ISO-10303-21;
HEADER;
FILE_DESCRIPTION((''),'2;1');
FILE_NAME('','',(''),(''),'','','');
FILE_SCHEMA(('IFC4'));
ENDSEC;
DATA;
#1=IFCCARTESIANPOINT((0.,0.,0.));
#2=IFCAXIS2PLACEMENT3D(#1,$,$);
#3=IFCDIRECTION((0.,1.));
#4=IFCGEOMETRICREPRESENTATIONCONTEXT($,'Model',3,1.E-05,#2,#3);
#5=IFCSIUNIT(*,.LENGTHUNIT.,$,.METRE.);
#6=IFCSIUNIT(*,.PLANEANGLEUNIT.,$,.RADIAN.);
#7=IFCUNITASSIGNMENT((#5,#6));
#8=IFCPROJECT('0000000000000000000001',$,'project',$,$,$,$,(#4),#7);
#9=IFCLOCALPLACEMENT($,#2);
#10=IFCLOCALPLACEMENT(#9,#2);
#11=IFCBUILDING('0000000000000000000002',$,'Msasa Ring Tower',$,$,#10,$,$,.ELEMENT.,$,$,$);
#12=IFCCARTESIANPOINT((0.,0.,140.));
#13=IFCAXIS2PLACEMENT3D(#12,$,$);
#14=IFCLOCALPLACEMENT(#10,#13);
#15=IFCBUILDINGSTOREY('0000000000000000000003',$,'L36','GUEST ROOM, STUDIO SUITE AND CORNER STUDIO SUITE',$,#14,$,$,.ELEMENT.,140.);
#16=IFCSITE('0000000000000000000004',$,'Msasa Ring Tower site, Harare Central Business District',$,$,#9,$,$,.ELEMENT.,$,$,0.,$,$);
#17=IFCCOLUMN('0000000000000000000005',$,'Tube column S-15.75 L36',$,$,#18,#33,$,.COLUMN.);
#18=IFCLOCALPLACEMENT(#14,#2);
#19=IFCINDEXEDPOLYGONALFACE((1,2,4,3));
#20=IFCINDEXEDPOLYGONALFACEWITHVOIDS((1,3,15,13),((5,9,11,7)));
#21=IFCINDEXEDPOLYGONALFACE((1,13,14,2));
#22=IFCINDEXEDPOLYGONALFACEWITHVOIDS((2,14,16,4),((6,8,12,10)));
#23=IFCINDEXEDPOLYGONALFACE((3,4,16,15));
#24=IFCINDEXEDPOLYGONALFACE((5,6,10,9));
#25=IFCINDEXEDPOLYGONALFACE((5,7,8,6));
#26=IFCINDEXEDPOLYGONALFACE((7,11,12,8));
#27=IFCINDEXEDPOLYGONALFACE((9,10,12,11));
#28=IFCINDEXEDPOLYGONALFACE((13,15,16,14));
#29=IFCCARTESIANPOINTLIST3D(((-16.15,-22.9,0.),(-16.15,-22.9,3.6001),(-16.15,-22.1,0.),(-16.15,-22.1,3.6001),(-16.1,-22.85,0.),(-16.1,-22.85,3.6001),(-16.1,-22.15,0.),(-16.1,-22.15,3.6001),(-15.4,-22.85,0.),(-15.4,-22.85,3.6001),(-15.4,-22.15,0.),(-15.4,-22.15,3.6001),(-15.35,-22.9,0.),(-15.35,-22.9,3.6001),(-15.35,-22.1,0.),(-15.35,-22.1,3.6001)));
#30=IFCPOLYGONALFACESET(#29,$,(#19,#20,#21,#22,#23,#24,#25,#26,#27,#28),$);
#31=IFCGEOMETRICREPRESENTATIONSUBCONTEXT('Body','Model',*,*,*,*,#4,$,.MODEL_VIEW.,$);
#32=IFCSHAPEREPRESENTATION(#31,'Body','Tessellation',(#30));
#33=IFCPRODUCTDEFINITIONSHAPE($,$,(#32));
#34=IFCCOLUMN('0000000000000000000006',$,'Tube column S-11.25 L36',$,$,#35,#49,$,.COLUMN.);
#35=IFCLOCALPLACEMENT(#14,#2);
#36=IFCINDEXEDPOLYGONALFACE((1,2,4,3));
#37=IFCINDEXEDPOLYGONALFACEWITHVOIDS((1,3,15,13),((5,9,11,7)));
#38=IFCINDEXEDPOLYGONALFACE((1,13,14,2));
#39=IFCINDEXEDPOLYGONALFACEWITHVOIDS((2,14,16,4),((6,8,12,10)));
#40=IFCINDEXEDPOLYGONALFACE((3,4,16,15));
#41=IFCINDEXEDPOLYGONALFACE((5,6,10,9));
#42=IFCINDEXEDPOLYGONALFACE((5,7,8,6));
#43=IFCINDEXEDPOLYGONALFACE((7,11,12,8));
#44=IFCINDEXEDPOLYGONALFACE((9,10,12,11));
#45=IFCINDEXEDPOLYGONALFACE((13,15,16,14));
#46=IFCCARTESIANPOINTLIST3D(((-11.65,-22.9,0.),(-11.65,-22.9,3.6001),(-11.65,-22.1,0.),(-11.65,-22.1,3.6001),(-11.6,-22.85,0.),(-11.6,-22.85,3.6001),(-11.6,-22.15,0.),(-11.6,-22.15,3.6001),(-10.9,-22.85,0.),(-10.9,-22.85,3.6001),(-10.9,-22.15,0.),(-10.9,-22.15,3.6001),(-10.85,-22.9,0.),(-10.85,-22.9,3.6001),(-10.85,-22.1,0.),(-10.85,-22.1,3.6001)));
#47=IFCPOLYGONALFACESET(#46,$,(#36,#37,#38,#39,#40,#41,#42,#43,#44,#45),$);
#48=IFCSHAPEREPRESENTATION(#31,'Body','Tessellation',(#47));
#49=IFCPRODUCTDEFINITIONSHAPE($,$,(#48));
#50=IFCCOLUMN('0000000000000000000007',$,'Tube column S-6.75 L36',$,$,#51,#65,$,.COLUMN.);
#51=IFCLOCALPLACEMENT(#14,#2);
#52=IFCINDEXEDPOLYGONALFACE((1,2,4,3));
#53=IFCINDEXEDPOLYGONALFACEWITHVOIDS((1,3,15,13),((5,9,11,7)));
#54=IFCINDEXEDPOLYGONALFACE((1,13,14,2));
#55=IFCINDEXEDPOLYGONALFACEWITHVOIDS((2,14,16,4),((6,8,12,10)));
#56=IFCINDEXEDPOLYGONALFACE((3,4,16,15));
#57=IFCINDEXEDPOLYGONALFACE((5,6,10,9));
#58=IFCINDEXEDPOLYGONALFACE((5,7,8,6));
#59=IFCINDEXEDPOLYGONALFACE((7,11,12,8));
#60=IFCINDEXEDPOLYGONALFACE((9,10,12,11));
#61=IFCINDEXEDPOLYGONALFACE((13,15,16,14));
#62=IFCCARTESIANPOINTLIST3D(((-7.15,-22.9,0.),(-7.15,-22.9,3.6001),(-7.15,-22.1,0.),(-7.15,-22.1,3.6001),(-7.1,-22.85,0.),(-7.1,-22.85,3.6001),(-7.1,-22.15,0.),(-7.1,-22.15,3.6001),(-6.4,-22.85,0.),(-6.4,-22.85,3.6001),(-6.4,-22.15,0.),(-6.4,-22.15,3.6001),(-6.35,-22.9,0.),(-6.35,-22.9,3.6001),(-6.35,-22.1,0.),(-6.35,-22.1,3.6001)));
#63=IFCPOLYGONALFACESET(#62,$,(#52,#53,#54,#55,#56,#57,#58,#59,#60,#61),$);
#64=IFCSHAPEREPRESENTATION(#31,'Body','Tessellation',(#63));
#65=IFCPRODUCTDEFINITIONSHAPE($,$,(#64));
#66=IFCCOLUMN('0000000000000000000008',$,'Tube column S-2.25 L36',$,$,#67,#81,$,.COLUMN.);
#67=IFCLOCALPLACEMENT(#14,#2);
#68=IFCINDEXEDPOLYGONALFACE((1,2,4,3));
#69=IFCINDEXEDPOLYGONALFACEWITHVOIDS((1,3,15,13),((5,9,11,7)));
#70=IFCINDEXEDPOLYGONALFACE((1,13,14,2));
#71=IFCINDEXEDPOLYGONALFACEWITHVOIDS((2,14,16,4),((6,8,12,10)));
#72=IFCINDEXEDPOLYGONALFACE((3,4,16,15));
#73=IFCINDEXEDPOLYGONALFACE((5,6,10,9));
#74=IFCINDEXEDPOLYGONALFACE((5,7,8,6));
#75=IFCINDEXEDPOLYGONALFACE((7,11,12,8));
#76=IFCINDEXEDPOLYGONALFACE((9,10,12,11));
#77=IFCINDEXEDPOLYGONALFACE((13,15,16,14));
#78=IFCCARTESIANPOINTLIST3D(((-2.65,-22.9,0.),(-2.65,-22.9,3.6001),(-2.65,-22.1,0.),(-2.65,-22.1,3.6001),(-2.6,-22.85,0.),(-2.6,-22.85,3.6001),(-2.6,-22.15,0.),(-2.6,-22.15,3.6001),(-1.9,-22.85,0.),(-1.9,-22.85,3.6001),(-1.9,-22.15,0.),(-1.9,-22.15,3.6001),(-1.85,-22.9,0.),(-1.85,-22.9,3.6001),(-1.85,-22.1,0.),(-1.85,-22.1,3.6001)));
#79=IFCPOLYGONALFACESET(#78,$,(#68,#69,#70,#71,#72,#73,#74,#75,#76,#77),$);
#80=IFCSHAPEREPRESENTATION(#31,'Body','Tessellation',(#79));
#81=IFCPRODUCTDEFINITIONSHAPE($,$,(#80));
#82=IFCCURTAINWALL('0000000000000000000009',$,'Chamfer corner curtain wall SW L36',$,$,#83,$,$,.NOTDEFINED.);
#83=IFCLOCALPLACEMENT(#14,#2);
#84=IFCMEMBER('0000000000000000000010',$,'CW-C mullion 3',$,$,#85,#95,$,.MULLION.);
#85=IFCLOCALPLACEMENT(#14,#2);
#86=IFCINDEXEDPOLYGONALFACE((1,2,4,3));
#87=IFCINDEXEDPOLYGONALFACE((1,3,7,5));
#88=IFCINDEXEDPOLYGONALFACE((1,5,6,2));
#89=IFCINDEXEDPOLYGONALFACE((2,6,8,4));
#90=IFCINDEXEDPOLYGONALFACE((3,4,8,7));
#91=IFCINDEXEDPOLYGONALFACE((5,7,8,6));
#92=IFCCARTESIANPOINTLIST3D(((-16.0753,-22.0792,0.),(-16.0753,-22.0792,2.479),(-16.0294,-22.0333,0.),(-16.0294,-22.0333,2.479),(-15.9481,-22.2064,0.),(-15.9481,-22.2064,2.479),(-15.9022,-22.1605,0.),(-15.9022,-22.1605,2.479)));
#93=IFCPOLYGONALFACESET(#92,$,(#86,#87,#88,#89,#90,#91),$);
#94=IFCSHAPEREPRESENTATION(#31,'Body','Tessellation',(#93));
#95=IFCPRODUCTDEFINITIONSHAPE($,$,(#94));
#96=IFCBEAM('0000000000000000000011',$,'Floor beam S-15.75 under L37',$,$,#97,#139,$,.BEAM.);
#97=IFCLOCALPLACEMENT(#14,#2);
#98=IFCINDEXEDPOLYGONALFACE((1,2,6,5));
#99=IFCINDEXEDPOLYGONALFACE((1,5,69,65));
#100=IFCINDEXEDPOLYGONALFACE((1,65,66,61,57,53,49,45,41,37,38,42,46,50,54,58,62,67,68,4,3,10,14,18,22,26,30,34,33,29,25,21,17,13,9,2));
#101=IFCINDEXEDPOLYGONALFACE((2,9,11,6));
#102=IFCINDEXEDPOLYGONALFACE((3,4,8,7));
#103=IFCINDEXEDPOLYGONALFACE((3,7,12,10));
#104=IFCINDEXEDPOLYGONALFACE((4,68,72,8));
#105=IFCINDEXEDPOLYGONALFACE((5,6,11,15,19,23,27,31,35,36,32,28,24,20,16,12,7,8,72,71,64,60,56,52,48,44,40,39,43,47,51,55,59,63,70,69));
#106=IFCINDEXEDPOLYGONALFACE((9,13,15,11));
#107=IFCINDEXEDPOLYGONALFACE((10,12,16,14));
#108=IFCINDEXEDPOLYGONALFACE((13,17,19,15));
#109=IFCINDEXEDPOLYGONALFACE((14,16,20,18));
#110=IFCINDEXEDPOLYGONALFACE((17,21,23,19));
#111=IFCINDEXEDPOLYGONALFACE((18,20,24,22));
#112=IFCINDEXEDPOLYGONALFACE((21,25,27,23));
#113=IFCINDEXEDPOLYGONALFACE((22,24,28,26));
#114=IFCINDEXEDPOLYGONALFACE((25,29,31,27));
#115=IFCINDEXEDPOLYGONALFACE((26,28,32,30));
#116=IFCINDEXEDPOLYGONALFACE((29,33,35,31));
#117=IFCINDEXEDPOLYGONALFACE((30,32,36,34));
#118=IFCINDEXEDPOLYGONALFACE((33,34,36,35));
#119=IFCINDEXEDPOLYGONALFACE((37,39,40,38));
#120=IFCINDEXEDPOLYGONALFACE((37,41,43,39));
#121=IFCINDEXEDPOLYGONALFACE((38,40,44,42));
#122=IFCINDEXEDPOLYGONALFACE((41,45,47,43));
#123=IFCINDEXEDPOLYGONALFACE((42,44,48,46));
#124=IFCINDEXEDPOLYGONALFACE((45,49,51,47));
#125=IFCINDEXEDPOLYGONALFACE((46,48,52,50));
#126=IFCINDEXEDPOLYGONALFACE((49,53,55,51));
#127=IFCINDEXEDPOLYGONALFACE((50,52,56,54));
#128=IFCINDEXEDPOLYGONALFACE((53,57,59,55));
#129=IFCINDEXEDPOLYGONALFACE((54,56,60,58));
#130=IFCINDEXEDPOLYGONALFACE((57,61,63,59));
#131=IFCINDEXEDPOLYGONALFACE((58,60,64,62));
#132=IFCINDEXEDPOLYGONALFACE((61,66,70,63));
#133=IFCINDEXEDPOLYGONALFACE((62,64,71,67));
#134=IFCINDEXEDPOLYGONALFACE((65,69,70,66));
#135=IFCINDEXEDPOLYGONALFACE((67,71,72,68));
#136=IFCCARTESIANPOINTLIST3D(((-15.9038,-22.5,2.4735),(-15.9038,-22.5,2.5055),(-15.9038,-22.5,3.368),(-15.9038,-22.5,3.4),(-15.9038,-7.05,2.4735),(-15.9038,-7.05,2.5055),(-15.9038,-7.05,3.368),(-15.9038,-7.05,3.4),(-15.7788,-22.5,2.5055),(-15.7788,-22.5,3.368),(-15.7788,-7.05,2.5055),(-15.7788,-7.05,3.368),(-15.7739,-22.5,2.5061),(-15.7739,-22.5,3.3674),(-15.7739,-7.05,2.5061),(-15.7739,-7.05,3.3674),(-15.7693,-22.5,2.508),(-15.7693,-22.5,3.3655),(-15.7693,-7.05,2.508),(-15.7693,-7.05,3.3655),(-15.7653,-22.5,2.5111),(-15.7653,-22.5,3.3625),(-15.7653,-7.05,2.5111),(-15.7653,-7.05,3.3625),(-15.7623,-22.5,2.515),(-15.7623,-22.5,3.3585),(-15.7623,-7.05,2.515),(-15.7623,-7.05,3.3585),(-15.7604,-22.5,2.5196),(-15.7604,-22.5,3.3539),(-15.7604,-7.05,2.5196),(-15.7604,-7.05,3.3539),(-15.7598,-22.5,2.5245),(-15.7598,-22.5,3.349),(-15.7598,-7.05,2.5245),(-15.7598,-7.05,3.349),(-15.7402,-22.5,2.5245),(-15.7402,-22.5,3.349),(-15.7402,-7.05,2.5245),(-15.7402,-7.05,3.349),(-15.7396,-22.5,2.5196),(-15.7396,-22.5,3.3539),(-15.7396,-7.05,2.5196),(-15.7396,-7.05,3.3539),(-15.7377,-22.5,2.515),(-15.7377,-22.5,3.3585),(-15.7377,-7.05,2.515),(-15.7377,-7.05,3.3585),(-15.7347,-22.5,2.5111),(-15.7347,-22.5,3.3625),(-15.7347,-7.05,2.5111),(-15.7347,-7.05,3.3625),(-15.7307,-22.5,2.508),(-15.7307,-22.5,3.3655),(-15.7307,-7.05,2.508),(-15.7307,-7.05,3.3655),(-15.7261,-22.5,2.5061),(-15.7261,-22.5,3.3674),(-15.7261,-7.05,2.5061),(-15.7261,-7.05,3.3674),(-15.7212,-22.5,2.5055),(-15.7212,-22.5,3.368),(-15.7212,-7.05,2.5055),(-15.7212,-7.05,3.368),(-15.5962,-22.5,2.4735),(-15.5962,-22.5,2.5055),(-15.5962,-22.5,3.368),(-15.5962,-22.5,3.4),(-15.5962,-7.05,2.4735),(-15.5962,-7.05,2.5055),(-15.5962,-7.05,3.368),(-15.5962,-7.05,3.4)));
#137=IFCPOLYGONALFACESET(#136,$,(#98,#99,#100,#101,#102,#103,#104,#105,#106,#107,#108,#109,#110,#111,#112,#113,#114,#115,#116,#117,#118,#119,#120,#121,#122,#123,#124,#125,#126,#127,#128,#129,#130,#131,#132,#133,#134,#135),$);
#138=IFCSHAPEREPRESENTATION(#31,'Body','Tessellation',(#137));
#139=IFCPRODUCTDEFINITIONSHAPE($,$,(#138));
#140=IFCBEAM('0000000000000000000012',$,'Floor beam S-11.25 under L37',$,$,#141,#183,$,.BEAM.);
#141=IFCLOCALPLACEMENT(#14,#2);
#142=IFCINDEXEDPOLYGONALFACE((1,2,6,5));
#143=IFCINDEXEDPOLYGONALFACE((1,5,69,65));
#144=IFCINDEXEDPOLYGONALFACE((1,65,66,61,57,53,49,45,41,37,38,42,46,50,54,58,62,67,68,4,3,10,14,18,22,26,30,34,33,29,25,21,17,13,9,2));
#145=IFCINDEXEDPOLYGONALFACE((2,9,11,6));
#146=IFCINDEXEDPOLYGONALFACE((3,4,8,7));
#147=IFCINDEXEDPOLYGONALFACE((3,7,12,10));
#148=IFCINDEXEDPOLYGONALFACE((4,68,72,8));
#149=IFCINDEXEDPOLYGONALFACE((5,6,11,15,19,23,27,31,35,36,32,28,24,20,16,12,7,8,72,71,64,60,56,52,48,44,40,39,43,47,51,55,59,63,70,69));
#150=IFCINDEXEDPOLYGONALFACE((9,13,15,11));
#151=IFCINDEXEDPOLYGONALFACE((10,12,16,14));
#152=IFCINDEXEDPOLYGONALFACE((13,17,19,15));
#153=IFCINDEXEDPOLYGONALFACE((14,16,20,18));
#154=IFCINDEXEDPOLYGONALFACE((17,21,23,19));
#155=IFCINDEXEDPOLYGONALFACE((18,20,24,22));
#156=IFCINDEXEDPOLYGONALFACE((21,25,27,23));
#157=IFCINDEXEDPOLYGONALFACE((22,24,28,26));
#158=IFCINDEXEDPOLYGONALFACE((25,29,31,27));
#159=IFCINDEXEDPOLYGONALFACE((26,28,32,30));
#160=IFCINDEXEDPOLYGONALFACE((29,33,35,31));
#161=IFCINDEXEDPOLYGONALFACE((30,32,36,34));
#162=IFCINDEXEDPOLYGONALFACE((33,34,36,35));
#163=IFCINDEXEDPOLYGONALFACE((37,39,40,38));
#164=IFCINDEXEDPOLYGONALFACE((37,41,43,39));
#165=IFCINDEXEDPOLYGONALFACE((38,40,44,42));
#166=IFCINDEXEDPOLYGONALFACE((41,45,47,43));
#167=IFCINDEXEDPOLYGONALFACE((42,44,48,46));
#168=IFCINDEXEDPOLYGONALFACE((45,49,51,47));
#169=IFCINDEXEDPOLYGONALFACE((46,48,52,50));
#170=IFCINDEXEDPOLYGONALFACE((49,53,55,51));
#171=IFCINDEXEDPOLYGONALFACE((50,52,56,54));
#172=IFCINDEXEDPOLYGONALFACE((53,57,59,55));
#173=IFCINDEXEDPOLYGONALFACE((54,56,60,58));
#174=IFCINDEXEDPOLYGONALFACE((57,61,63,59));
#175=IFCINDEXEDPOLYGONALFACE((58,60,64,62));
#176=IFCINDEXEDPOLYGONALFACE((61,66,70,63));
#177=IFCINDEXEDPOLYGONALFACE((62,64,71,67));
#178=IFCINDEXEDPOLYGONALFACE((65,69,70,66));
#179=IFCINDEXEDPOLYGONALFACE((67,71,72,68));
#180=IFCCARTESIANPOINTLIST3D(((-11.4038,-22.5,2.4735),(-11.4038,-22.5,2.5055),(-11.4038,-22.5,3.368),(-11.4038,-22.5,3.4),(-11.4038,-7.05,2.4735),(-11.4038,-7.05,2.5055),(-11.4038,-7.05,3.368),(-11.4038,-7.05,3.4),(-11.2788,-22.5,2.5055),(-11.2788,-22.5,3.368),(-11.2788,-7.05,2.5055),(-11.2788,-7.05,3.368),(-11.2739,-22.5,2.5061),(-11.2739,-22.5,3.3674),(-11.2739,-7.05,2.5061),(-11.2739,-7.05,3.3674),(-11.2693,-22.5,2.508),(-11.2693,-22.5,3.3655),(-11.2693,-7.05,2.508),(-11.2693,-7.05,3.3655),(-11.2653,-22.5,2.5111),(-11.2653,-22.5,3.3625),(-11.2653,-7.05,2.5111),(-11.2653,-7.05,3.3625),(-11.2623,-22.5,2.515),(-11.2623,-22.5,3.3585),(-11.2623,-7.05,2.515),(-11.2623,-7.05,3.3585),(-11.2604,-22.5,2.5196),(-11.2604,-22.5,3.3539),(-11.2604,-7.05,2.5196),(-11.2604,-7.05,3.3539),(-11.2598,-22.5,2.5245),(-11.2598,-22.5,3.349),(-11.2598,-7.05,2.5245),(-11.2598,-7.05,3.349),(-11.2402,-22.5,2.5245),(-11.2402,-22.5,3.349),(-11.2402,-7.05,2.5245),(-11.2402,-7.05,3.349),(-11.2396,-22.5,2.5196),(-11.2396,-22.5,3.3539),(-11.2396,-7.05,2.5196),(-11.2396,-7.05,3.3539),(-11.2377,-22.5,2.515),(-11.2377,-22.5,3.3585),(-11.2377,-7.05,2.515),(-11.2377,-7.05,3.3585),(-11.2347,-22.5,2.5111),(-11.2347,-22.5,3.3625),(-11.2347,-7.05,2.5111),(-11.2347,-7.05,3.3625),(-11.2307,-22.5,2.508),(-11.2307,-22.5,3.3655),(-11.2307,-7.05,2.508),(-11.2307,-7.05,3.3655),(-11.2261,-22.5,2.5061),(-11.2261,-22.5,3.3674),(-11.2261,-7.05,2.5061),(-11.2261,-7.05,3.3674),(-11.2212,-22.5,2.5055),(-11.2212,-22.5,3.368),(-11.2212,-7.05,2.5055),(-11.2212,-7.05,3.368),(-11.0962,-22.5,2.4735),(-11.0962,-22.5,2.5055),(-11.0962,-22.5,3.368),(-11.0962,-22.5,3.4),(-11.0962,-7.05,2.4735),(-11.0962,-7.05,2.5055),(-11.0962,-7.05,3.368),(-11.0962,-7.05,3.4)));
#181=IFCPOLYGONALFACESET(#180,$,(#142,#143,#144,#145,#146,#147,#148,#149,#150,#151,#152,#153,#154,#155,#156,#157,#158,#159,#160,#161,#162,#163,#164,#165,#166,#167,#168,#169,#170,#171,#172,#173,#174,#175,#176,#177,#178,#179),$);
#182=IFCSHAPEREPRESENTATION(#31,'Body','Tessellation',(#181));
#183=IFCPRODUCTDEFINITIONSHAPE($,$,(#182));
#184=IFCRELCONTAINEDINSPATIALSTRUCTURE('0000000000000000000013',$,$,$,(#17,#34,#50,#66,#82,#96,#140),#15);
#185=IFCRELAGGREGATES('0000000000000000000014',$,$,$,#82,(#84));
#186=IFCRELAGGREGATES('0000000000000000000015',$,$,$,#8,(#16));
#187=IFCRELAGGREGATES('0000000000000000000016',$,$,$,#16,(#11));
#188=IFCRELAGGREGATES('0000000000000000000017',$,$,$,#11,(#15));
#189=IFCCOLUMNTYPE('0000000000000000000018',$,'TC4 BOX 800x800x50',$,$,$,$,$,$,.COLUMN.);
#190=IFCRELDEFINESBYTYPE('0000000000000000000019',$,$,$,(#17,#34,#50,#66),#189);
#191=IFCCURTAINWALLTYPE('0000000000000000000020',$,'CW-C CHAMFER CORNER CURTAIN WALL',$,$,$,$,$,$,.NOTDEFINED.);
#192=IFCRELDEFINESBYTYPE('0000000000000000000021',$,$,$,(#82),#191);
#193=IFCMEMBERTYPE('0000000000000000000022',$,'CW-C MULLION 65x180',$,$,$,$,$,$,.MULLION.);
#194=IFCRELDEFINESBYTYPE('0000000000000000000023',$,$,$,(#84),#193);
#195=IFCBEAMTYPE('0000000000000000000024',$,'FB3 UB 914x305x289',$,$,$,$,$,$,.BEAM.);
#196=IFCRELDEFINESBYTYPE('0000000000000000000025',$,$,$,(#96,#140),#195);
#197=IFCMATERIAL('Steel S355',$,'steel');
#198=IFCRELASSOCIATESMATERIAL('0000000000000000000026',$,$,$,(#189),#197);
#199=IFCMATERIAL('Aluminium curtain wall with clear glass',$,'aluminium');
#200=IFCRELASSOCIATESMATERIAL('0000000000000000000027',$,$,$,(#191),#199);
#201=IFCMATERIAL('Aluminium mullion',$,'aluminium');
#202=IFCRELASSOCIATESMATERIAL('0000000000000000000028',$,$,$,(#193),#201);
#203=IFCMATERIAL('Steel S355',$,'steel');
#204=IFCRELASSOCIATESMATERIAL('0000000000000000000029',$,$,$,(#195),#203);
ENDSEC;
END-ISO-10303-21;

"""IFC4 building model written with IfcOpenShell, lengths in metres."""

from ifc_helpers import new_model, si_unit, direction, frame, origin, origin_2d, place, context, subcontext, project, spatial, rectangle, hollow_rectangle, i_section, extrude, material, material_profile, profile_set, type_object, element, aggregate, save


model = new_model("IFC4")

# Units and contexts
model_context = context("Model", 3, precision=1e-05, world=origin(), true_north=direction((0.0, 1.0)))
body_context = subcontext(model_context, "Body", "Model", "MODEL_VIEW")
ifc_project = project(units=[si_unit("LENGTHUNIT", "METRE"), si_unit("PLANEANGLEUNIT", "RADIAN")], contexts=[model_context])

# Site, building, storey
site_placement = place(None, origin())
site = spatial("IfcSite", under=ifc_project, at=site_placement, Name="Msasa Ring Tower site, Harare Central Business District", CompositionType="ELEMENT", RefElevation=0.0)
building_placement = place(site_placement, origin())
building = spatial("IfcBuilding", under=site, at=building_placement, Name="Msasa Ring Tower", CompositionType="ELEMENT")
storey_placement = place(building_placement, frame((0.0, 0.0, 140.0)))
storey = spatial("IfcBuildingStorey", under=building, at=storey_placement, Name="L36", Description="GUEST ROOM, STUDIO SUITE AND CORNER STUDIO SUITE", CompositionType="ELEMENT", Elevation=140.0)

# Columns
ifc_material_1 = material(Name="Steel S355", Category="steel")
ifc_material_profile_1 = material_profile(ifc_material_1, hollow_rectangle(XDim=0.8, YDim=0.8, WallThickness=0.05, at=origin_2d()), Name="BOX 800x800x50")
ifc_profile_set_1 = profile_set([ifc_material_profile_1], Name="Steel S355")
column_type = type_object("IfcColumnType", Name="TC4 BOX 800x800x50", PredefinedType="COLUMN", material=ifc_profile_set_1)
for number, where, z_axis, x_axis, name in (
    (1, (-15.75, -22.5, 0.0), (0.0, 0.0, 1.0), (0.0, 1.0, 0.0), "Tube column S-15.75 L36"),
    (2, (-11.25, -22.5, 0.0), (0.0, 0.0, 1.0), (0.0, 1.0, 0.0), "Tube column S-11.25 L36"),
    (3, (-6.75, -22.5, 0.0), (0.0, 0.0, 1.0), (0.0, 1.0, 0.0), "Tube column S-6.75 L36"),
    (4, (-2.25, -22.5, 0.0), (0.0, 0.0, 1.0), (0.0, 1.0, 0.0), "Tube column S-2.25 L36"),
):
    element("IfcColumn", number, at=place(storey_placement, frame(where, z_axis=z_axis, x_axis=x_axis)), inside=storey, type_object=column_type, Name=name, PredefinedType="COLUMN", context=body_context, shape_type="SweptSolid", body=[
        extrude(hollow_rectangle(XDim=0.8, YDim=0.8, WallThickness=0.05, at=origin_2d()), origin(), (0.0, 0.0, 1.0), 3.6001),
    ])

# Curtain wall, member
ifc_material_2 = material(Name="Aluminium curtain wall with clear glass", Category="aluminium")
curtain_wall_type = type_object("IfcCurtainWallType", Name="CW-C CHAMFER CORNER CURTAIN WALL", PredefinedType="NOTDEFINED", material=ifc_material_2)
curtain_wall_placement = place(storey_placement, origin())
curtain_wall = element("IfcCurtainWall", 5, at=curtain_wall_placement, inside=storey, type_object=curtain_wall_type, Name="Chamfer corner curtain wall SW L36", PredefinedType="NOTDEFINED")
ifc_material_3 = material(Name="Aluminium mullion", Category="aluminium")
ifc_material_profile_2 = material_profile(ifc_material_3, rectangle(XDim=0.0649, YDim=0.1799, at=origin_2d()), Name="AL 65x180")
ifc_profile_set_2 = profile_set([ifc_material_profile_2], Name="Aluminium mullion")
member_type = type_object("IfcMemberType", Name="CW-C MULLION 65x180", PredefinedType="MULLION", material=ifc_profile_set_2)
member_placement = place(storey_placement, frame((-15.9888, -22.1199, 0.0), z_axis=(0.0, 0.0, 1.0), x_axis=(0.707107, 0.707107, 0.0)))
member = element("IfcMember", 6, at=member_placement, type_object=member_type, Name="CW-C mullion 3", PredefinedType="MULLION", context=body_context, shape_type="SweptSolid", body=[
    extrude(rectangle(XDim=0.0649, YDim=0.1799, at=origin_2d()), origin(), (0.0, 0.0, 1.0), 2.479),
])
aggregate(curtain_wall, [member])

# Beams
ifc_material_4 = material(Name="Steel S355", Category="steel")
ifc_material_profile_3 = material_profile(ifc_material_4, i_section(OverallWidth=0.3076, OverallDepth=0.9265, WebThickness=0.0195, FlangeThickness=0.032, FilletRadius=0.019, at=origin_2d()), Name="UB 914x305x289")
ifc_profile_set_3 = profile_set([ifc_material_profile_3], Name="Steel S355")
beam_type_1 = type_object("IfcBeamType", Name="FB3 UB 914x305x289", PredefinedType="BEAM", material=ifc_profile_set_3)
for number, where, z_axis, x_axis, name in (
    (7, (-15.75, -22.5, 2.9368), (0.0, 1.0, 0.0), (-1.0, 0.0, 0.0), "Floor beam S-15.75 under L37"),
    (8, (-11.25, -22.5, 2.9368), (0.0, 1.0, 0.0), (-1.0, 0.0, 0.0), "Floor beam S-11.25 under L37"),
):
    element("IfcBeam", number, at=place(storey_placement, frame(where, z_axis=z_axis, x_axis=x_axis)), inside=storey, type_object=beam_type_1, Name=name, PredefinedType="BEAM", context=body_context, shape_type="SweptSolid", body=[
        extrude(i_section(OverallWidth=0.3076, OverallDepth=0.9265, WebThickness=0.0195, FlangeThickness=0.032, FilletRadius=0.019, at=origin_2d()), origin(), (0.0, 0.0, 1.0), 15.45),
    ])

save(model, "model.ifc")
